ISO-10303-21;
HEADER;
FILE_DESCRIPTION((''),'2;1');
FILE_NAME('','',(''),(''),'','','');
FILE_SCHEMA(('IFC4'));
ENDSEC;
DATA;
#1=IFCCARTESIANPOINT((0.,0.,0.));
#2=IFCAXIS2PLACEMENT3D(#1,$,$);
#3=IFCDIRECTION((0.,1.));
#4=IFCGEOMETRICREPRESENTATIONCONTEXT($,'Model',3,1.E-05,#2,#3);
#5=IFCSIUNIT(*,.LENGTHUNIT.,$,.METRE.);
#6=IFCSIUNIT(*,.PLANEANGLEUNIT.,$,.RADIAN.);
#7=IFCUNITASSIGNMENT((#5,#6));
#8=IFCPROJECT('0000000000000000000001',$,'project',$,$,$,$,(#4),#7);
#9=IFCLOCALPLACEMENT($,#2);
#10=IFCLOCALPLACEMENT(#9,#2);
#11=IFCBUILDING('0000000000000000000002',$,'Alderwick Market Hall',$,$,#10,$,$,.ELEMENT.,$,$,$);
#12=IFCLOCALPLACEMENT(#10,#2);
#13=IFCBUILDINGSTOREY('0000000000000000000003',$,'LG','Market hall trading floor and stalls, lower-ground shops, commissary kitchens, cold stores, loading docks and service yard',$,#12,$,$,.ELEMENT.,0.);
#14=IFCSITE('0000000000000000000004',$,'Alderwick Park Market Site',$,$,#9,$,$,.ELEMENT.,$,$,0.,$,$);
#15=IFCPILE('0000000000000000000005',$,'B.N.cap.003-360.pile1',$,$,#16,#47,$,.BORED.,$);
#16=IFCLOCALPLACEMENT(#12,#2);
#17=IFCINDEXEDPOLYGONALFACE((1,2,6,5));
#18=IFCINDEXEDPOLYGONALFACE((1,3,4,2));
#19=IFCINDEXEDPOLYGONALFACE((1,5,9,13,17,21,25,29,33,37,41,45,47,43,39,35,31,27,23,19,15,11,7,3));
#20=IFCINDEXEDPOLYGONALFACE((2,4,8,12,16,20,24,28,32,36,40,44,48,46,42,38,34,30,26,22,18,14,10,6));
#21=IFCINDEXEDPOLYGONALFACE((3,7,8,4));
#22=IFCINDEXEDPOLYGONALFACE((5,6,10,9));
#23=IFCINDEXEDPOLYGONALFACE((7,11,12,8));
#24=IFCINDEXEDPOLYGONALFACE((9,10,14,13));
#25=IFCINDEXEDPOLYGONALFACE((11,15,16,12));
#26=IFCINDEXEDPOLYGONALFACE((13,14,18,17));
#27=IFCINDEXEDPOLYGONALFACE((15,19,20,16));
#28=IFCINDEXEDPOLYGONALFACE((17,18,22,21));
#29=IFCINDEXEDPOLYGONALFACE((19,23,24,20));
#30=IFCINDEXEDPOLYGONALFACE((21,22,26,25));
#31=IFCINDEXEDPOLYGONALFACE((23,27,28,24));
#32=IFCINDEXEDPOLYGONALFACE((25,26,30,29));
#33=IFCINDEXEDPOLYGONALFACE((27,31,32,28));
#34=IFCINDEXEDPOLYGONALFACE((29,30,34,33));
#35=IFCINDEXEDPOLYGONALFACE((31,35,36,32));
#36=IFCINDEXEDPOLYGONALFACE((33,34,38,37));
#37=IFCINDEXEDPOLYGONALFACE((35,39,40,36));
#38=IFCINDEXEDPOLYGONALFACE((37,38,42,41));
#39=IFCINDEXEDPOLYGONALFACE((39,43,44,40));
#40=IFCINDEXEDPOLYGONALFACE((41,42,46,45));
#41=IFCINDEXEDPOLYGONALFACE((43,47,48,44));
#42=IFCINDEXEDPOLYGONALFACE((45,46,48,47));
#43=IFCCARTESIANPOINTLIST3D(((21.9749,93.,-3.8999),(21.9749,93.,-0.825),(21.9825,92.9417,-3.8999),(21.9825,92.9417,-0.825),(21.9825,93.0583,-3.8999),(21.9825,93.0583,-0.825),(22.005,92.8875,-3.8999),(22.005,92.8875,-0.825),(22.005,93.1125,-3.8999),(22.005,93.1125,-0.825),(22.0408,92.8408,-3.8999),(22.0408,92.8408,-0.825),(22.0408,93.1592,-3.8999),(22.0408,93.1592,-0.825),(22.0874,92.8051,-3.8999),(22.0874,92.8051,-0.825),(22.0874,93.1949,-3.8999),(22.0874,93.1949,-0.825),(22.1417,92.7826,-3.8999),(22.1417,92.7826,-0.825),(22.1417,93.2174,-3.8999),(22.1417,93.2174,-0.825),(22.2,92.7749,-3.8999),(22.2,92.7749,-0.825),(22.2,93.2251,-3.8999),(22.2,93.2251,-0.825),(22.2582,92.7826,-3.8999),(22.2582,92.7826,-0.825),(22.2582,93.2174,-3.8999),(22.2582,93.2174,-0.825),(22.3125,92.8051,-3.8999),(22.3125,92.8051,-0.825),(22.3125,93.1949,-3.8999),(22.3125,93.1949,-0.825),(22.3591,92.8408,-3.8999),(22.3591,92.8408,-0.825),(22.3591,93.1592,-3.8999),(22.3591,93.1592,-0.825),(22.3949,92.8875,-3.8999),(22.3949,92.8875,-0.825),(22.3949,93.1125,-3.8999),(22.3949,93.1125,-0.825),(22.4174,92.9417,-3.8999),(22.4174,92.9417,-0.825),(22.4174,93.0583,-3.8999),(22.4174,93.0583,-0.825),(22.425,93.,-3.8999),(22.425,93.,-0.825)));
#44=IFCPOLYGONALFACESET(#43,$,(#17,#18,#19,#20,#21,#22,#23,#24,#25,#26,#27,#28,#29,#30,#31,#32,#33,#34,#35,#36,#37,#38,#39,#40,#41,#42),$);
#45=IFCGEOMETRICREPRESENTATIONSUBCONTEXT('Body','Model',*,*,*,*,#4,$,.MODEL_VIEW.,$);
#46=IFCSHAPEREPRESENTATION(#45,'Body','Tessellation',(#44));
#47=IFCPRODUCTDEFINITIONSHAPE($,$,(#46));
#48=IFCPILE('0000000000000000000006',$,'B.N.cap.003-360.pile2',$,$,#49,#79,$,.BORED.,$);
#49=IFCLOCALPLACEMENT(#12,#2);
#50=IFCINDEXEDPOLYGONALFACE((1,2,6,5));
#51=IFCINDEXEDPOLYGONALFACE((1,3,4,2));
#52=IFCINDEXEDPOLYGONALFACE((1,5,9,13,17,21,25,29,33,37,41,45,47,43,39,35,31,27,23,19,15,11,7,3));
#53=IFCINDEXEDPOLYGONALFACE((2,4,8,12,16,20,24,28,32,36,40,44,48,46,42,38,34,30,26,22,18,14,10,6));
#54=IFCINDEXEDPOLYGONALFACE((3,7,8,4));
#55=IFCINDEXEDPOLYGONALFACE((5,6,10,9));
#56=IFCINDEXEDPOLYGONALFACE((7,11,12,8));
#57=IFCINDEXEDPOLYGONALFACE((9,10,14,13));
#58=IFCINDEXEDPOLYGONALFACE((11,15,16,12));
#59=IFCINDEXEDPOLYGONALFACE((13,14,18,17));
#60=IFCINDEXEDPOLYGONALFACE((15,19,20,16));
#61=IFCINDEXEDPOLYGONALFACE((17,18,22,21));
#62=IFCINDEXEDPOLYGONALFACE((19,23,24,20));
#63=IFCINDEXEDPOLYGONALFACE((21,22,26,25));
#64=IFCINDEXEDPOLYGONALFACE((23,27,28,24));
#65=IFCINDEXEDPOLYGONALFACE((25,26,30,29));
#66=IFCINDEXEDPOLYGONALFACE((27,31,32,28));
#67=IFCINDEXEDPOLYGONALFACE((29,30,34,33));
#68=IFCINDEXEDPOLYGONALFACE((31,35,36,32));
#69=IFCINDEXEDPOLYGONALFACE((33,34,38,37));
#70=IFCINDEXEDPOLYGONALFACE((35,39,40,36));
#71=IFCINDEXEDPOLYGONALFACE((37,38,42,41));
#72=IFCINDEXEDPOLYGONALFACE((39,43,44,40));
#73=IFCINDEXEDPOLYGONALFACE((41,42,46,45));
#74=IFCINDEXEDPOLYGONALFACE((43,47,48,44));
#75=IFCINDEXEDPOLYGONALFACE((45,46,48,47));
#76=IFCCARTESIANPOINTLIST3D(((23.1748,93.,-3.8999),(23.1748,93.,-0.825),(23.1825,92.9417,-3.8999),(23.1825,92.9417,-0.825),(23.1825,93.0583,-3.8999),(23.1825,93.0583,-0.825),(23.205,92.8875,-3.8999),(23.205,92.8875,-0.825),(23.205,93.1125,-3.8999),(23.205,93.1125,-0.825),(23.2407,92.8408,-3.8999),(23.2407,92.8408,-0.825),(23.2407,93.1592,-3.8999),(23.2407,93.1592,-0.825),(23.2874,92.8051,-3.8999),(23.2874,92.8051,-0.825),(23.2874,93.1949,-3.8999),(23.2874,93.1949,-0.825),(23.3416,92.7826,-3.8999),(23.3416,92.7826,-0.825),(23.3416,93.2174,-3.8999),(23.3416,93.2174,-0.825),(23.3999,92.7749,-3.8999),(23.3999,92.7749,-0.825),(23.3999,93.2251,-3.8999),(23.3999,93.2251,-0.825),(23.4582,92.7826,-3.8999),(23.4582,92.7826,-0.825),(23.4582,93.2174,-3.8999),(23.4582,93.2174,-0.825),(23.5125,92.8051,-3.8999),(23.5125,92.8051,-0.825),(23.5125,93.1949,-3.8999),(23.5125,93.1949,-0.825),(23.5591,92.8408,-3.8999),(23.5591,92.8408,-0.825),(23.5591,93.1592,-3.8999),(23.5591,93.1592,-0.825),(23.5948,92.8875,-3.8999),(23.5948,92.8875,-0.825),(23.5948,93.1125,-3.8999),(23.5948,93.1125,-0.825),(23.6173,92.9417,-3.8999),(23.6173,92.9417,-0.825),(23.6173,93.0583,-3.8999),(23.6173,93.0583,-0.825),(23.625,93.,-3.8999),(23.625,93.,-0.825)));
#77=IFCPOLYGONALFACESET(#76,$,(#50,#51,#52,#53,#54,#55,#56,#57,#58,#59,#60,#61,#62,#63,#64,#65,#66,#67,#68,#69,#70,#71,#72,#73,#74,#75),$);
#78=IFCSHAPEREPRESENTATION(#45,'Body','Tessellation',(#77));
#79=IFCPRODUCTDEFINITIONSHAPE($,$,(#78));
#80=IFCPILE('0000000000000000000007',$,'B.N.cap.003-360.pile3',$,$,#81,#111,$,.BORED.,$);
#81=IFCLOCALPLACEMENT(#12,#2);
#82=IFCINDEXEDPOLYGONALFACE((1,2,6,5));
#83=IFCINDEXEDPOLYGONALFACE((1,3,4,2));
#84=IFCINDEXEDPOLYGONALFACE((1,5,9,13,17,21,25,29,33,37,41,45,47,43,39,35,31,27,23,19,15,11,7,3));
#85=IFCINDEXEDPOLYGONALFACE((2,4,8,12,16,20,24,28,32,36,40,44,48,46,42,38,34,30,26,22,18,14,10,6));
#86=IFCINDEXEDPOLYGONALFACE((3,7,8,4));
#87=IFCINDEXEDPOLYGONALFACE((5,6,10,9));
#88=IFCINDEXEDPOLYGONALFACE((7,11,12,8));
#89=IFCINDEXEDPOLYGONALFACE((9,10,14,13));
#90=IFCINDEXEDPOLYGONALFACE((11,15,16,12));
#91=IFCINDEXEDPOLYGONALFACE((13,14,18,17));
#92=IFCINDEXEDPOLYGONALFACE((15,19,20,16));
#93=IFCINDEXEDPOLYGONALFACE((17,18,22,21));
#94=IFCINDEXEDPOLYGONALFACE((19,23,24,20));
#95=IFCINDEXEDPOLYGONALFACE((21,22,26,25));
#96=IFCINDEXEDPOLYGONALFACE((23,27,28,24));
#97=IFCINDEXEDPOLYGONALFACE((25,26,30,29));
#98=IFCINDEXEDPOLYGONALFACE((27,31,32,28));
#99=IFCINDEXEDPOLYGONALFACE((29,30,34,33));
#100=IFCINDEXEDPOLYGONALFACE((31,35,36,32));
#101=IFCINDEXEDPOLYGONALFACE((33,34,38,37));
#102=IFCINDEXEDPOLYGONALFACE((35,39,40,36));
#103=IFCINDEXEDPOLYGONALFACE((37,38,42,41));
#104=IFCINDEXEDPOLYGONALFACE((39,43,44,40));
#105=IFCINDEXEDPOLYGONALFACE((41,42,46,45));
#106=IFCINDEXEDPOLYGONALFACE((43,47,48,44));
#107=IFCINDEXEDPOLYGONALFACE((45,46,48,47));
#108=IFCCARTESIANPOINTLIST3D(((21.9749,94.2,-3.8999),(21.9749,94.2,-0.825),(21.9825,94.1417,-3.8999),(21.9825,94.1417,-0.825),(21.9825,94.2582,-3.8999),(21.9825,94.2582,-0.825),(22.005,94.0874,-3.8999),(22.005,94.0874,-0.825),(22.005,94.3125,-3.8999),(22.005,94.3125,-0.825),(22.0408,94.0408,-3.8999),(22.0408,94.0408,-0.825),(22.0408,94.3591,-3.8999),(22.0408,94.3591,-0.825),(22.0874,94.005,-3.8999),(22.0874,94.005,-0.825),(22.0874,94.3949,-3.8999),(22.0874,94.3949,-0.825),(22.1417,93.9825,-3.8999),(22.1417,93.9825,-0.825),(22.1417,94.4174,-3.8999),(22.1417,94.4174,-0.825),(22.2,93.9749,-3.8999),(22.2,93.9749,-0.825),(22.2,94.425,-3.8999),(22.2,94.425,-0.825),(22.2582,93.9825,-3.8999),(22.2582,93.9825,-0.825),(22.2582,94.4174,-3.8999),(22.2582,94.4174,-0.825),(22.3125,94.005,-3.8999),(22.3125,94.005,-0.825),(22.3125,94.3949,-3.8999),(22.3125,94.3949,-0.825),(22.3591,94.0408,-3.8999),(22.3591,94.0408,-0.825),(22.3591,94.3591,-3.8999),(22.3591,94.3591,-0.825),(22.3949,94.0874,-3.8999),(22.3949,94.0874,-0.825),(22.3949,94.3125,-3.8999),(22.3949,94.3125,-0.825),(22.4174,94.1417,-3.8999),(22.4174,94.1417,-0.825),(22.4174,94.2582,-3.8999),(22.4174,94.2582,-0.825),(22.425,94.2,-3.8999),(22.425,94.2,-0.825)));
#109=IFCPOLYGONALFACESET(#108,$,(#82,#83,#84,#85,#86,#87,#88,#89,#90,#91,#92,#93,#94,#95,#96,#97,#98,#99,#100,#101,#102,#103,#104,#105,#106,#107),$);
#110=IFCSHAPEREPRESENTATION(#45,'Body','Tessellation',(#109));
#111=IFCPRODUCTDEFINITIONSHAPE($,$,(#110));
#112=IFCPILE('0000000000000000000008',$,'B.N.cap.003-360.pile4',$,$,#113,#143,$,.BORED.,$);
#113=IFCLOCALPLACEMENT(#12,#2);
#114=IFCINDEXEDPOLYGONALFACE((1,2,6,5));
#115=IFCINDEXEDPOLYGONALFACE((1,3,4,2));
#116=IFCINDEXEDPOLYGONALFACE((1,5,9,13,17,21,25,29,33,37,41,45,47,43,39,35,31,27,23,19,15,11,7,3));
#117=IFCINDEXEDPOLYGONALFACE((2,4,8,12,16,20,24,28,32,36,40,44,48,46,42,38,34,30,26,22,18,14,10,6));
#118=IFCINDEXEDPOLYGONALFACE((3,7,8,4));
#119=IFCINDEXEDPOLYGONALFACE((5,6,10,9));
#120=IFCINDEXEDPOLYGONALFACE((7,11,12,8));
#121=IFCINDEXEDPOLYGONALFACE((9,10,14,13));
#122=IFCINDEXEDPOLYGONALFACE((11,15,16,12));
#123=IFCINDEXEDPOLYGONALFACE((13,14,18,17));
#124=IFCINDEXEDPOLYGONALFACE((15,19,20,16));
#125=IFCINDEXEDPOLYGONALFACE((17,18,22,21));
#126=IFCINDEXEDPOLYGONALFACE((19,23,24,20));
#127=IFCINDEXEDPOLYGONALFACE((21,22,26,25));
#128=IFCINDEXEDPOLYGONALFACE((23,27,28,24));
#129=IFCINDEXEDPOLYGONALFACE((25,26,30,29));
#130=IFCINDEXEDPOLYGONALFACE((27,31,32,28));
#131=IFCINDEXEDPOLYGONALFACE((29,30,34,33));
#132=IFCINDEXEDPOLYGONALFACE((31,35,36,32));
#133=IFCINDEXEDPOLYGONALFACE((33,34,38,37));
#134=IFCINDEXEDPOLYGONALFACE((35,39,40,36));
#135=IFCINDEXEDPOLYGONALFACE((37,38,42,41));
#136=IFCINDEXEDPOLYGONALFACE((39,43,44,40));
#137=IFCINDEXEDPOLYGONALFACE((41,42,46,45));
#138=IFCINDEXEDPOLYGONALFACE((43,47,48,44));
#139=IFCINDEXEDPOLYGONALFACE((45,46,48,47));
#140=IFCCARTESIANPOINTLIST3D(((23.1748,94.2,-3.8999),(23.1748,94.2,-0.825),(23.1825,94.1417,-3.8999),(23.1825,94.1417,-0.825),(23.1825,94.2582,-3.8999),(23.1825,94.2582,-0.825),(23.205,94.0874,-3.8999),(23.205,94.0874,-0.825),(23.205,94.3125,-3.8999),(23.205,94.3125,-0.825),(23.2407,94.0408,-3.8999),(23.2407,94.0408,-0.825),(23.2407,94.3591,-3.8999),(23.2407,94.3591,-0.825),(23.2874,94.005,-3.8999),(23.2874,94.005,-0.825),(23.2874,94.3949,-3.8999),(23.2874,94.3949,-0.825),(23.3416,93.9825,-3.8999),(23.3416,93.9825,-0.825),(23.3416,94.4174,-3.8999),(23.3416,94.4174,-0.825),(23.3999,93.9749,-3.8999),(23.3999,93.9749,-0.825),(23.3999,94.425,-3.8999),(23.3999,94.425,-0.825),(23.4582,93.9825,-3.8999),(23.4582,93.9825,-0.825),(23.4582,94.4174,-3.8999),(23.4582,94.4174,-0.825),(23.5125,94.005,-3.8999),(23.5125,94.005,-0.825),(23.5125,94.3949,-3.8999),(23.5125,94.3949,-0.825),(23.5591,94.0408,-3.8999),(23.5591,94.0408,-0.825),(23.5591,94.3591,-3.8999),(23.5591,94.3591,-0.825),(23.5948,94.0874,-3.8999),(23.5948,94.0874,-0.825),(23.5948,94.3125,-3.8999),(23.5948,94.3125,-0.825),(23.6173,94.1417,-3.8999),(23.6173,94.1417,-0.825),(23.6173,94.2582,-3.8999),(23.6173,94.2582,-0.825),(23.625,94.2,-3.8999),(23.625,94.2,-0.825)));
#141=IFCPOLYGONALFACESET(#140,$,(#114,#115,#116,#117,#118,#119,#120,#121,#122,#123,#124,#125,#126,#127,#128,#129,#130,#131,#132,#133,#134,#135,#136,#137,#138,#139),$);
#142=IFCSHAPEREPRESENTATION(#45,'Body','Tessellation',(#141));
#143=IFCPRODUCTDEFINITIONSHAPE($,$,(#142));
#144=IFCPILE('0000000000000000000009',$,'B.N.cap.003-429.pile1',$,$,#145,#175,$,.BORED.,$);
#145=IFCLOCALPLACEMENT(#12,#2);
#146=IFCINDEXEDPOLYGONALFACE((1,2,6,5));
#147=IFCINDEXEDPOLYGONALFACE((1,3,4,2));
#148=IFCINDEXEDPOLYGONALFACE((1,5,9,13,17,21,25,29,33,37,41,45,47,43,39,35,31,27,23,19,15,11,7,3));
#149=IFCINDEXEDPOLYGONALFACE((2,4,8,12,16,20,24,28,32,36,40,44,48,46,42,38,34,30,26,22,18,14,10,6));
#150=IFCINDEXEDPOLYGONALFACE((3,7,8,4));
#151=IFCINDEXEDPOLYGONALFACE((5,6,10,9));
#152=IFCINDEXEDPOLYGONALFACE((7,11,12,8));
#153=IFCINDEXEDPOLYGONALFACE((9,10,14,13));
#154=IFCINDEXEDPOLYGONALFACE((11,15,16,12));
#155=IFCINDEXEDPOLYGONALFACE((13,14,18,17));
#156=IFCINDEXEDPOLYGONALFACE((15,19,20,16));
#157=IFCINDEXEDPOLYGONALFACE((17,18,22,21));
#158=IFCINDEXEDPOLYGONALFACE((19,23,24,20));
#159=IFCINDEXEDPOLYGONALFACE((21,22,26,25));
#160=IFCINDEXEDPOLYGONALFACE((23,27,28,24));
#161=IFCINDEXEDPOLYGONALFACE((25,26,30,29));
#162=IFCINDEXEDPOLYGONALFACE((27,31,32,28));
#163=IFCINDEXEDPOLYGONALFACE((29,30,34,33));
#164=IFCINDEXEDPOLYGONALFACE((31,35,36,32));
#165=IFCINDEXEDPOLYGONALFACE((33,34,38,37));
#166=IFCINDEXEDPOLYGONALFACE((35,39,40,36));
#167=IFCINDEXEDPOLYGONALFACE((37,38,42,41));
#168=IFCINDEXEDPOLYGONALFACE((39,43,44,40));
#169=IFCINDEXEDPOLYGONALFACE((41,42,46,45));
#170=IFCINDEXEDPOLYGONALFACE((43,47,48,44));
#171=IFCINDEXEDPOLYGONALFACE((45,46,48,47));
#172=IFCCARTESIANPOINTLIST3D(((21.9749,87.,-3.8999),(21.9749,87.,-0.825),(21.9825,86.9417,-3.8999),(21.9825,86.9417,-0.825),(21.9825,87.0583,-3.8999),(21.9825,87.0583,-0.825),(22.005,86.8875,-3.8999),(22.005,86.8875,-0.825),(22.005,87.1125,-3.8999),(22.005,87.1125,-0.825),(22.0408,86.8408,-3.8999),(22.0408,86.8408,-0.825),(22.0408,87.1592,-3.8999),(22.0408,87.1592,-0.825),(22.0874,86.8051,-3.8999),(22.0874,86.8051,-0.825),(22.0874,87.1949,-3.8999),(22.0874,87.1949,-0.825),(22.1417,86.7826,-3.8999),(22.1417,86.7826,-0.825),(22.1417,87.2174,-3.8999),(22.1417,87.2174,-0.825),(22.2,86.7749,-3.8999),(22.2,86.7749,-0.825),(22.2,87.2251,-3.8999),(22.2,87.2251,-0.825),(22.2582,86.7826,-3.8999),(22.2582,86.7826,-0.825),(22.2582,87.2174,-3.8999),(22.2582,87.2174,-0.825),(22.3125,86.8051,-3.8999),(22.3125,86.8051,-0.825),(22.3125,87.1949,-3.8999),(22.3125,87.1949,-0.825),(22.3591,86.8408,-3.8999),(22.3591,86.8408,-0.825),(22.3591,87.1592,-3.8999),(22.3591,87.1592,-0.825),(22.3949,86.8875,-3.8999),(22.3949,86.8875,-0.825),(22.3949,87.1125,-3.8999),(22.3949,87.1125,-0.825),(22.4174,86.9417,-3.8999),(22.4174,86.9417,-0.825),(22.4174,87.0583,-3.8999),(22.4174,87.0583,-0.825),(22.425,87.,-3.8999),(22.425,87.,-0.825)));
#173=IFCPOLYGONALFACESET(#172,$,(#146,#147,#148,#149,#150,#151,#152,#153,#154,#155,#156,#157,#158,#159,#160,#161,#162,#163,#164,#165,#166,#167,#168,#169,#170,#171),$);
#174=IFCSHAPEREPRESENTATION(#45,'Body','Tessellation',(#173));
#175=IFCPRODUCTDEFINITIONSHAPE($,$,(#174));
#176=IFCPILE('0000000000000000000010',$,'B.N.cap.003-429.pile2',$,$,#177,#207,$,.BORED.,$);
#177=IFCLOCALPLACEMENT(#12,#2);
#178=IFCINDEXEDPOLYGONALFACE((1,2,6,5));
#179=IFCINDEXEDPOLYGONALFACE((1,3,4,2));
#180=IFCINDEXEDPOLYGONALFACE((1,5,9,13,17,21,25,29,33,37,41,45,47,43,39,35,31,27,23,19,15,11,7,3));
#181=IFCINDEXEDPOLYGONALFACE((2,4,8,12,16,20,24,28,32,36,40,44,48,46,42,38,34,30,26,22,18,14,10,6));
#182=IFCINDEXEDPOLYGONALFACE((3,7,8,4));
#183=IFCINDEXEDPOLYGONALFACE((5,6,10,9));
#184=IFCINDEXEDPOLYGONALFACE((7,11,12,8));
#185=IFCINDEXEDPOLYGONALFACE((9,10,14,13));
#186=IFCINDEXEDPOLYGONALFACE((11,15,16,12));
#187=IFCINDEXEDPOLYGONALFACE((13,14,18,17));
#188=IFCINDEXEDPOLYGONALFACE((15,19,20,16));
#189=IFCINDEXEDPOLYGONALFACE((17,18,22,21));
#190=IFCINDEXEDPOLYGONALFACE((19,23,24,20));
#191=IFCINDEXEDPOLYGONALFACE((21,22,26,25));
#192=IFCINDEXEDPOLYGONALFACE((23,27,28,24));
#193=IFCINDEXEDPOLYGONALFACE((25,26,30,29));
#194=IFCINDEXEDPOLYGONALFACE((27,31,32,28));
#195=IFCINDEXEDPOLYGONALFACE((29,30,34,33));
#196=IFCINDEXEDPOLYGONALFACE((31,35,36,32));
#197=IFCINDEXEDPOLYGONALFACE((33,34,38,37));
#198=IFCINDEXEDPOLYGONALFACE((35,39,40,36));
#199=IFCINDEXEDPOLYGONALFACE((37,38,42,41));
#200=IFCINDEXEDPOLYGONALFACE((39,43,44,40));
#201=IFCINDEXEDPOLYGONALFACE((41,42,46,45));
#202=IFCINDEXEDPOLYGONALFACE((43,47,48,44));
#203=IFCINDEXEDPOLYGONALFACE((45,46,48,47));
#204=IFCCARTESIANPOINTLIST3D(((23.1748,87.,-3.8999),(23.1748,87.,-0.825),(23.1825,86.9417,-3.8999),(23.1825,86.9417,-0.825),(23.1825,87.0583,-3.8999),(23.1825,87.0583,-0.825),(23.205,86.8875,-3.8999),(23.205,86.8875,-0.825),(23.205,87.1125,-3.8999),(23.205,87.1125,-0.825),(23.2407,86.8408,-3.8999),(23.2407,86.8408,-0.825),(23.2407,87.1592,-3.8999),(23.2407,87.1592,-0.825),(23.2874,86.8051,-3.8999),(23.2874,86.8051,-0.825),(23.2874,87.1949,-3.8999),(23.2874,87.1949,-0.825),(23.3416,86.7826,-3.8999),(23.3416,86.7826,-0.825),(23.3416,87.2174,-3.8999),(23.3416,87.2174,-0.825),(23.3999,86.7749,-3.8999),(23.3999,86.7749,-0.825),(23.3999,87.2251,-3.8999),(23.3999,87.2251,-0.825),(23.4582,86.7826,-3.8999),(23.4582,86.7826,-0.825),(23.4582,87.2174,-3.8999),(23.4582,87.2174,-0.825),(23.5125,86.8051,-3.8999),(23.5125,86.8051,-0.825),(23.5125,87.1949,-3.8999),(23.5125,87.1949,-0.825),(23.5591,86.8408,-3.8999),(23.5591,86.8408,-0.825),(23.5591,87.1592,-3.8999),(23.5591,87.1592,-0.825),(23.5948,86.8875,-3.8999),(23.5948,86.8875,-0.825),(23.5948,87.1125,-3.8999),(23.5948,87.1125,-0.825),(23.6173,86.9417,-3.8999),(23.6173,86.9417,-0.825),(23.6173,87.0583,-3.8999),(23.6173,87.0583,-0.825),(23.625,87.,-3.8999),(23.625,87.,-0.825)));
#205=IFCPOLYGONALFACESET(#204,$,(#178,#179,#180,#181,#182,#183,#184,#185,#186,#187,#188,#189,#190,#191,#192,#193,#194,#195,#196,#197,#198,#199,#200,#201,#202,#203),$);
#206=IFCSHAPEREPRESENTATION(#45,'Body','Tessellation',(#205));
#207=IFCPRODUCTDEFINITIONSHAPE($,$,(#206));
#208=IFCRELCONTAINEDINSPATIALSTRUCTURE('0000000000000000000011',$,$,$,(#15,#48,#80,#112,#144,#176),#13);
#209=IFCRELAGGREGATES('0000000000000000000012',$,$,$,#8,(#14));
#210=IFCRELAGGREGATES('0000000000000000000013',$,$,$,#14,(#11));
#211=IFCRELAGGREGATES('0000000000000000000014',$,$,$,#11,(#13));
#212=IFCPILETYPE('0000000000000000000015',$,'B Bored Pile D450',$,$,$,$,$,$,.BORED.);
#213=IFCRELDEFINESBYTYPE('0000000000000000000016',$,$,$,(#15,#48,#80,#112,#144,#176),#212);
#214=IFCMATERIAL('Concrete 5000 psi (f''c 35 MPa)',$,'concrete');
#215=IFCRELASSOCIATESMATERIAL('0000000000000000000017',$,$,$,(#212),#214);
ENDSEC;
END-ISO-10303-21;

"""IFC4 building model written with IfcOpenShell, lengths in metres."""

from ifc_helpers import new_model, si_unit, direction, frame, origin, origin_2d, place, context, subcontext, project, spatial, circle, extrude, material, material_profile, profile_set, type_object, element, save


model = new_model("IFC4")

# Units and contexts
model_context = context("Model", 3, precision=1e-05, world=origin(), true_north=direction((0.0, 1.0)))
body_context = subcontext(model_context, "Body", "Model", "MODEL_VIEW")
ifc_project = project(units=[si_unit("LENGTHUNIT", "METRE"), si_unit("PLANEANGLEUNIT", "RADIAN")], contexts=[model_context])

# Site, building, storey
site_placement = place(None, origin())
site = spatial("IfcSite", under=ifc_project, at=site_placement, Name="Alderwick Park Market Site", CompositionType="ELEMENT", RefElevation=0.0)
building_placement = place(site_placement, origin())
building = spatial("IfcBuilding", under=site, at=building_placement, Name="Alderwick Market Hall", CompositionType="ELEMENT")
storey_placement = place(building_placement, origin())
storey = spatial("IfcBuildingStorey", under=building, at=storey_placement, Name="LG", Description="Market hall trading floor and stalls, lower-ground shops, commissary kitchens, cold stores, loading docks and service yard", CompositionType="ELEMENT", Elevation=0.0)

# Piles
ifc_material_1 = material(Name="Concrete 5000 psi (f'c 35 MPa)", Category="concrete")
ifc_material_profile_1 = material_profile(ifc_material_1, circle(Radius=0.2251, at=origin_2d()), Name="B Bored Pile D450")
ifc_profile_set_1 = profile_set([ifc_material_profile_1], Name="Concrete 5000 psi (f'c 35 MPa)")
pile_type = type_object("IfcPileType", Name="B Bored Pile D450", PredefinedType="BORED", material=ifc_profile_set_1)
for number, where, z_axis, x_axis, name in (
    (1, (22.2, 93.0, -0.825), (0.0, 0.0, -1.0), (1.0, 0.0, 0.0), "B.N.cap.003-360.pile1"),
    (2, (23.3999, 93.0, -0.825), (0.0, 0.0, -1.0), (1.0, 0.0, 0.0), "B.N.cap.003-360.pile2"),
    (3, (22.2, 94.2, -0.825), (0.0, 0.0, -1.0), (1.0, 0.0, 0.0), "B.N.cap.003-360.pile3"),
    (4, (23.3999, 94.2, -0.825), (0.0, 0.0, -1.0), (1.0, 0.0, 0.0), "B.N.cap.003-360.pile4"),
    (5, (22.2, 87.0, -0.825), (0.0, 0.0, -1.0), (1.0, 0.0, 0.0), "B.N.cap.003-429.pile1"),
    (6, (23.3999, 87.0, -0.825), (0.0, 0.0, -1.0), (1.0, 0.0, 0.0), "B.N.cap.003-429.pile2"),
):
    element("IfcPile", number, at=place(storey_placement, frame(where, z_axis=z_axis, x_axis=x_axis)), inside=storey, type_object=pile_type, Name=name, PredefinedType="BORED", context=body_context, shape_type="SweptSolid", body=[
        extrude(circle(Radius=0.2251, at=origin_2d()), origin(), (0.0, 0.0, 1.0), 3.075),
    ])

save(model, "model.ifc")
